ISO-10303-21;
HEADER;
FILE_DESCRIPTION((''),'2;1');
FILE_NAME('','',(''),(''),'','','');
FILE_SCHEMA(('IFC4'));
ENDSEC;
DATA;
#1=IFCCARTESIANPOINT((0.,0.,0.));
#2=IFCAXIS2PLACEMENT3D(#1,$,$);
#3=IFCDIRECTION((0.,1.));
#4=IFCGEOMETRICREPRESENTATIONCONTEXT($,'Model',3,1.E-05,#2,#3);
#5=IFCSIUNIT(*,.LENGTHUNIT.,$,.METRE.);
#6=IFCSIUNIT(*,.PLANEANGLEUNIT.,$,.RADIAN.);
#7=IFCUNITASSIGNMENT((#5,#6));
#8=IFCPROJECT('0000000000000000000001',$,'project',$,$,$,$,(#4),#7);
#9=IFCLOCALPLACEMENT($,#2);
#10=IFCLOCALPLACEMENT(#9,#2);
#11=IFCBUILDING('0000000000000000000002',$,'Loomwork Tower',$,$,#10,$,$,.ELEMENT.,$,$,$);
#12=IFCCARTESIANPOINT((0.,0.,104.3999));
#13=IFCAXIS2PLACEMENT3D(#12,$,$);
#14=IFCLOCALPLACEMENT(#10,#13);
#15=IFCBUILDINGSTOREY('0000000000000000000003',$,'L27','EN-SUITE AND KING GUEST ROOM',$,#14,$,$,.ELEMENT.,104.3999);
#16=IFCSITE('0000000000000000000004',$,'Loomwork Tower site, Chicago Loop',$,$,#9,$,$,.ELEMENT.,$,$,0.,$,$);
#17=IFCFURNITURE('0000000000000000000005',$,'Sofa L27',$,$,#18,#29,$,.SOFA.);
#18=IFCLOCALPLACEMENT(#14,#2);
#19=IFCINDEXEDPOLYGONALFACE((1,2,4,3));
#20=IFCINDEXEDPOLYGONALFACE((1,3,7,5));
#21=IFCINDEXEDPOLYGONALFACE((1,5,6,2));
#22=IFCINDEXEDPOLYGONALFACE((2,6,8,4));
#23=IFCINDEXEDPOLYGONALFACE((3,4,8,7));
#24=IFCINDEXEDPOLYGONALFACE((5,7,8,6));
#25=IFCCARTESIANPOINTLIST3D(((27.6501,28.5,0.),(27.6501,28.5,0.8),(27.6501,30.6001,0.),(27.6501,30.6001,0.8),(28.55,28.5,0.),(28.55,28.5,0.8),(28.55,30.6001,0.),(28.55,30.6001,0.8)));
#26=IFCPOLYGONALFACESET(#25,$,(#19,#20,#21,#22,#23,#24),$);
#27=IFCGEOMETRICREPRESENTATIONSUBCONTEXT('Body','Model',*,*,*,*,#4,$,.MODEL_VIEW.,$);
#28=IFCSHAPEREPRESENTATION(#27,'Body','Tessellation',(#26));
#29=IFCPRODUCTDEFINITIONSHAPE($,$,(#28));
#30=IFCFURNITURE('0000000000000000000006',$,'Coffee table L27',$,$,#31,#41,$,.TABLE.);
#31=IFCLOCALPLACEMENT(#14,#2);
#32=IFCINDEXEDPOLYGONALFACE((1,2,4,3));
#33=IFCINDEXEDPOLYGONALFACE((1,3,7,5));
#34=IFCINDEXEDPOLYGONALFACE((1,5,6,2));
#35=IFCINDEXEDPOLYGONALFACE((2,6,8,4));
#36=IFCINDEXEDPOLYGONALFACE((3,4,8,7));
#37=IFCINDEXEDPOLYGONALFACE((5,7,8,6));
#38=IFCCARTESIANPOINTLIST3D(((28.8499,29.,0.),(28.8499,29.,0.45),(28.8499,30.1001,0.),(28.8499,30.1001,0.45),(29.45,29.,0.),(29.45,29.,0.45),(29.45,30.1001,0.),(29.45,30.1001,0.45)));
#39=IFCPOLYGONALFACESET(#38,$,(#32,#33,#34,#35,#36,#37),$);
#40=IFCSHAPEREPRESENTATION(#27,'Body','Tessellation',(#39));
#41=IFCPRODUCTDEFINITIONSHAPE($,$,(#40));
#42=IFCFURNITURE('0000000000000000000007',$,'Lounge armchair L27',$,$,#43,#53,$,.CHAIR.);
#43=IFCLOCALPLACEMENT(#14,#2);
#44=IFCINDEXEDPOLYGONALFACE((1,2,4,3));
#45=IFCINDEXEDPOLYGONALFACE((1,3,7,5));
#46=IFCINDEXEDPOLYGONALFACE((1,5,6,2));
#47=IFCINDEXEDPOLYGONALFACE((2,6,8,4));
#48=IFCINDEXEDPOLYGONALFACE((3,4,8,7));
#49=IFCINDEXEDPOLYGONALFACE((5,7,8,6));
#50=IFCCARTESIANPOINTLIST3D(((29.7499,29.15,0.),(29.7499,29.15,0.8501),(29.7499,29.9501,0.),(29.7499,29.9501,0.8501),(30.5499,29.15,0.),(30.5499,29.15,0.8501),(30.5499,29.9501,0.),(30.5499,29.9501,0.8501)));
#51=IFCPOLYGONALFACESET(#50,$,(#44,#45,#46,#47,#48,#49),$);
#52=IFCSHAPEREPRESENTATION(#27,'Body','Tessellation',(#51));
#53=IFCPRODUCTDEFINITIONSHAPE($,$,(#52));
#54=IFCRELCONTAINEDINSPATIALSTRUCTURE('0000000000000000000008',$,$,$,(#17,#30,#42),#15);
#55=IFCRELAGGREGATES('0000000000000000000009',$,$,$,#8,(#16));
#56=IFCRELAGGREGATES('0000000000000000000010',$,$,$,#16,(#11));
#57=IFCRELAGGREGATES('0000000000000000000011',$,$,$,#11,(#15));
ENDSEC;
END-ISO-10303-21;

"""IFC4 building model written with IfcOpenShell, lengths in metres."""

from ifc_helpers import new_model, si_unit, direction, frame, origin, origin_2d, place, context, subcontext, project, spatial, rectangle, extrude, element, save


model = new_model("IFC4")

# Units and contexts
model_context = context("Model", 3, precision=1e-05, world=origin(), true_north=direction((0.0, 1.0)))
body_context = subcontext(model_context, "Body", "Model", "MODEL_VIEW")
ifc_project = project(units=[si_unit("LENGTHUNIT", "METRE"), si_unit("PLANEANGLEUNIT", "RADIAN")], contexts=[model_context])

# Site, building, storey
site_placement = place(None, origin())
site = spatial("IfcSite", under=ifc_project, at=site_placement, Name="Loomwork Tower site, Chicago Loop", CompositionType="ELEMENT", RefElevation=0.0)
building_placement = place(site_placement, origin())
building = spatial("IfcBuilding", under=site, at=building_placement, Name="Loomwork Tower", CompositionType="ELEMENT")
storey_placement = place(building_placement, frame((0.0, 0.0, 104.3999)))
storey = spatial("IfcBuildingStorey", under=building, at=storey_placement, Name="L27", Description="EN-SUITE AND KING GUEST ROOM", CompositionType="ELEMENT", Elevation=104.3999)

# Furniture
furniture_1_placement = place(storey_placement, frame((28.1001, 29.55, 0.0), z_axis=(0.0, 0.0, 1.0), x_axis=(1.0, 0.0, 0.0)))
element("IfcFurniture", 1, at=furniture_1_placement, inside=storey, Name="Sofa L27", PredefinedType="SOFA", context=body_context, shape_type="SweptSolid", body=[
    extrude(rectangle(XDim=0.8999, YDim=2.1001, at=origin_2d()), origin(), (0.0, 0.0, 1.0), 0.8),
])
furniture_2_placement = place(storey_placement, frame((29.1499, 29.55, 0.0), z_axis=(0.0, 0.0, 1.0), x_axis=(1.0, 0.0, 0.0)))
element("IfcFurniture", 2, at=furniture_2_placement, inside=storey, Name="Coffee table L27", PredefinedType="TABLE", context=body_context, shape_type="SweptSolid", body=[
    extrude(rectangle(XDim=0.6001, YDim=1.1001, at=origin_2d()), origin(), (0.0, 0.0, 1.0), 0.45),
])
furniture_3_placement = place(storey_placement, frame((30.1499, 29.55, 0.0), z_axis=(0.0, 0.0, 1.0), x_axis=(1.0, 0.0, 0.0)))
element("IfcFurniture", 3, at=furniture_3_placement, inside=storey, Name="Lounge armchair L27", PredefinedType="CHAIR", context=body_context, shape_type="SweptSolid", body=[
    extrude(rectangle(XDim=0.8, YDim=0.8, at=origin_2d()), origin(), (0.0, 0.0, 1.0), 0.8501),
])

save(model, "model.ifc")
